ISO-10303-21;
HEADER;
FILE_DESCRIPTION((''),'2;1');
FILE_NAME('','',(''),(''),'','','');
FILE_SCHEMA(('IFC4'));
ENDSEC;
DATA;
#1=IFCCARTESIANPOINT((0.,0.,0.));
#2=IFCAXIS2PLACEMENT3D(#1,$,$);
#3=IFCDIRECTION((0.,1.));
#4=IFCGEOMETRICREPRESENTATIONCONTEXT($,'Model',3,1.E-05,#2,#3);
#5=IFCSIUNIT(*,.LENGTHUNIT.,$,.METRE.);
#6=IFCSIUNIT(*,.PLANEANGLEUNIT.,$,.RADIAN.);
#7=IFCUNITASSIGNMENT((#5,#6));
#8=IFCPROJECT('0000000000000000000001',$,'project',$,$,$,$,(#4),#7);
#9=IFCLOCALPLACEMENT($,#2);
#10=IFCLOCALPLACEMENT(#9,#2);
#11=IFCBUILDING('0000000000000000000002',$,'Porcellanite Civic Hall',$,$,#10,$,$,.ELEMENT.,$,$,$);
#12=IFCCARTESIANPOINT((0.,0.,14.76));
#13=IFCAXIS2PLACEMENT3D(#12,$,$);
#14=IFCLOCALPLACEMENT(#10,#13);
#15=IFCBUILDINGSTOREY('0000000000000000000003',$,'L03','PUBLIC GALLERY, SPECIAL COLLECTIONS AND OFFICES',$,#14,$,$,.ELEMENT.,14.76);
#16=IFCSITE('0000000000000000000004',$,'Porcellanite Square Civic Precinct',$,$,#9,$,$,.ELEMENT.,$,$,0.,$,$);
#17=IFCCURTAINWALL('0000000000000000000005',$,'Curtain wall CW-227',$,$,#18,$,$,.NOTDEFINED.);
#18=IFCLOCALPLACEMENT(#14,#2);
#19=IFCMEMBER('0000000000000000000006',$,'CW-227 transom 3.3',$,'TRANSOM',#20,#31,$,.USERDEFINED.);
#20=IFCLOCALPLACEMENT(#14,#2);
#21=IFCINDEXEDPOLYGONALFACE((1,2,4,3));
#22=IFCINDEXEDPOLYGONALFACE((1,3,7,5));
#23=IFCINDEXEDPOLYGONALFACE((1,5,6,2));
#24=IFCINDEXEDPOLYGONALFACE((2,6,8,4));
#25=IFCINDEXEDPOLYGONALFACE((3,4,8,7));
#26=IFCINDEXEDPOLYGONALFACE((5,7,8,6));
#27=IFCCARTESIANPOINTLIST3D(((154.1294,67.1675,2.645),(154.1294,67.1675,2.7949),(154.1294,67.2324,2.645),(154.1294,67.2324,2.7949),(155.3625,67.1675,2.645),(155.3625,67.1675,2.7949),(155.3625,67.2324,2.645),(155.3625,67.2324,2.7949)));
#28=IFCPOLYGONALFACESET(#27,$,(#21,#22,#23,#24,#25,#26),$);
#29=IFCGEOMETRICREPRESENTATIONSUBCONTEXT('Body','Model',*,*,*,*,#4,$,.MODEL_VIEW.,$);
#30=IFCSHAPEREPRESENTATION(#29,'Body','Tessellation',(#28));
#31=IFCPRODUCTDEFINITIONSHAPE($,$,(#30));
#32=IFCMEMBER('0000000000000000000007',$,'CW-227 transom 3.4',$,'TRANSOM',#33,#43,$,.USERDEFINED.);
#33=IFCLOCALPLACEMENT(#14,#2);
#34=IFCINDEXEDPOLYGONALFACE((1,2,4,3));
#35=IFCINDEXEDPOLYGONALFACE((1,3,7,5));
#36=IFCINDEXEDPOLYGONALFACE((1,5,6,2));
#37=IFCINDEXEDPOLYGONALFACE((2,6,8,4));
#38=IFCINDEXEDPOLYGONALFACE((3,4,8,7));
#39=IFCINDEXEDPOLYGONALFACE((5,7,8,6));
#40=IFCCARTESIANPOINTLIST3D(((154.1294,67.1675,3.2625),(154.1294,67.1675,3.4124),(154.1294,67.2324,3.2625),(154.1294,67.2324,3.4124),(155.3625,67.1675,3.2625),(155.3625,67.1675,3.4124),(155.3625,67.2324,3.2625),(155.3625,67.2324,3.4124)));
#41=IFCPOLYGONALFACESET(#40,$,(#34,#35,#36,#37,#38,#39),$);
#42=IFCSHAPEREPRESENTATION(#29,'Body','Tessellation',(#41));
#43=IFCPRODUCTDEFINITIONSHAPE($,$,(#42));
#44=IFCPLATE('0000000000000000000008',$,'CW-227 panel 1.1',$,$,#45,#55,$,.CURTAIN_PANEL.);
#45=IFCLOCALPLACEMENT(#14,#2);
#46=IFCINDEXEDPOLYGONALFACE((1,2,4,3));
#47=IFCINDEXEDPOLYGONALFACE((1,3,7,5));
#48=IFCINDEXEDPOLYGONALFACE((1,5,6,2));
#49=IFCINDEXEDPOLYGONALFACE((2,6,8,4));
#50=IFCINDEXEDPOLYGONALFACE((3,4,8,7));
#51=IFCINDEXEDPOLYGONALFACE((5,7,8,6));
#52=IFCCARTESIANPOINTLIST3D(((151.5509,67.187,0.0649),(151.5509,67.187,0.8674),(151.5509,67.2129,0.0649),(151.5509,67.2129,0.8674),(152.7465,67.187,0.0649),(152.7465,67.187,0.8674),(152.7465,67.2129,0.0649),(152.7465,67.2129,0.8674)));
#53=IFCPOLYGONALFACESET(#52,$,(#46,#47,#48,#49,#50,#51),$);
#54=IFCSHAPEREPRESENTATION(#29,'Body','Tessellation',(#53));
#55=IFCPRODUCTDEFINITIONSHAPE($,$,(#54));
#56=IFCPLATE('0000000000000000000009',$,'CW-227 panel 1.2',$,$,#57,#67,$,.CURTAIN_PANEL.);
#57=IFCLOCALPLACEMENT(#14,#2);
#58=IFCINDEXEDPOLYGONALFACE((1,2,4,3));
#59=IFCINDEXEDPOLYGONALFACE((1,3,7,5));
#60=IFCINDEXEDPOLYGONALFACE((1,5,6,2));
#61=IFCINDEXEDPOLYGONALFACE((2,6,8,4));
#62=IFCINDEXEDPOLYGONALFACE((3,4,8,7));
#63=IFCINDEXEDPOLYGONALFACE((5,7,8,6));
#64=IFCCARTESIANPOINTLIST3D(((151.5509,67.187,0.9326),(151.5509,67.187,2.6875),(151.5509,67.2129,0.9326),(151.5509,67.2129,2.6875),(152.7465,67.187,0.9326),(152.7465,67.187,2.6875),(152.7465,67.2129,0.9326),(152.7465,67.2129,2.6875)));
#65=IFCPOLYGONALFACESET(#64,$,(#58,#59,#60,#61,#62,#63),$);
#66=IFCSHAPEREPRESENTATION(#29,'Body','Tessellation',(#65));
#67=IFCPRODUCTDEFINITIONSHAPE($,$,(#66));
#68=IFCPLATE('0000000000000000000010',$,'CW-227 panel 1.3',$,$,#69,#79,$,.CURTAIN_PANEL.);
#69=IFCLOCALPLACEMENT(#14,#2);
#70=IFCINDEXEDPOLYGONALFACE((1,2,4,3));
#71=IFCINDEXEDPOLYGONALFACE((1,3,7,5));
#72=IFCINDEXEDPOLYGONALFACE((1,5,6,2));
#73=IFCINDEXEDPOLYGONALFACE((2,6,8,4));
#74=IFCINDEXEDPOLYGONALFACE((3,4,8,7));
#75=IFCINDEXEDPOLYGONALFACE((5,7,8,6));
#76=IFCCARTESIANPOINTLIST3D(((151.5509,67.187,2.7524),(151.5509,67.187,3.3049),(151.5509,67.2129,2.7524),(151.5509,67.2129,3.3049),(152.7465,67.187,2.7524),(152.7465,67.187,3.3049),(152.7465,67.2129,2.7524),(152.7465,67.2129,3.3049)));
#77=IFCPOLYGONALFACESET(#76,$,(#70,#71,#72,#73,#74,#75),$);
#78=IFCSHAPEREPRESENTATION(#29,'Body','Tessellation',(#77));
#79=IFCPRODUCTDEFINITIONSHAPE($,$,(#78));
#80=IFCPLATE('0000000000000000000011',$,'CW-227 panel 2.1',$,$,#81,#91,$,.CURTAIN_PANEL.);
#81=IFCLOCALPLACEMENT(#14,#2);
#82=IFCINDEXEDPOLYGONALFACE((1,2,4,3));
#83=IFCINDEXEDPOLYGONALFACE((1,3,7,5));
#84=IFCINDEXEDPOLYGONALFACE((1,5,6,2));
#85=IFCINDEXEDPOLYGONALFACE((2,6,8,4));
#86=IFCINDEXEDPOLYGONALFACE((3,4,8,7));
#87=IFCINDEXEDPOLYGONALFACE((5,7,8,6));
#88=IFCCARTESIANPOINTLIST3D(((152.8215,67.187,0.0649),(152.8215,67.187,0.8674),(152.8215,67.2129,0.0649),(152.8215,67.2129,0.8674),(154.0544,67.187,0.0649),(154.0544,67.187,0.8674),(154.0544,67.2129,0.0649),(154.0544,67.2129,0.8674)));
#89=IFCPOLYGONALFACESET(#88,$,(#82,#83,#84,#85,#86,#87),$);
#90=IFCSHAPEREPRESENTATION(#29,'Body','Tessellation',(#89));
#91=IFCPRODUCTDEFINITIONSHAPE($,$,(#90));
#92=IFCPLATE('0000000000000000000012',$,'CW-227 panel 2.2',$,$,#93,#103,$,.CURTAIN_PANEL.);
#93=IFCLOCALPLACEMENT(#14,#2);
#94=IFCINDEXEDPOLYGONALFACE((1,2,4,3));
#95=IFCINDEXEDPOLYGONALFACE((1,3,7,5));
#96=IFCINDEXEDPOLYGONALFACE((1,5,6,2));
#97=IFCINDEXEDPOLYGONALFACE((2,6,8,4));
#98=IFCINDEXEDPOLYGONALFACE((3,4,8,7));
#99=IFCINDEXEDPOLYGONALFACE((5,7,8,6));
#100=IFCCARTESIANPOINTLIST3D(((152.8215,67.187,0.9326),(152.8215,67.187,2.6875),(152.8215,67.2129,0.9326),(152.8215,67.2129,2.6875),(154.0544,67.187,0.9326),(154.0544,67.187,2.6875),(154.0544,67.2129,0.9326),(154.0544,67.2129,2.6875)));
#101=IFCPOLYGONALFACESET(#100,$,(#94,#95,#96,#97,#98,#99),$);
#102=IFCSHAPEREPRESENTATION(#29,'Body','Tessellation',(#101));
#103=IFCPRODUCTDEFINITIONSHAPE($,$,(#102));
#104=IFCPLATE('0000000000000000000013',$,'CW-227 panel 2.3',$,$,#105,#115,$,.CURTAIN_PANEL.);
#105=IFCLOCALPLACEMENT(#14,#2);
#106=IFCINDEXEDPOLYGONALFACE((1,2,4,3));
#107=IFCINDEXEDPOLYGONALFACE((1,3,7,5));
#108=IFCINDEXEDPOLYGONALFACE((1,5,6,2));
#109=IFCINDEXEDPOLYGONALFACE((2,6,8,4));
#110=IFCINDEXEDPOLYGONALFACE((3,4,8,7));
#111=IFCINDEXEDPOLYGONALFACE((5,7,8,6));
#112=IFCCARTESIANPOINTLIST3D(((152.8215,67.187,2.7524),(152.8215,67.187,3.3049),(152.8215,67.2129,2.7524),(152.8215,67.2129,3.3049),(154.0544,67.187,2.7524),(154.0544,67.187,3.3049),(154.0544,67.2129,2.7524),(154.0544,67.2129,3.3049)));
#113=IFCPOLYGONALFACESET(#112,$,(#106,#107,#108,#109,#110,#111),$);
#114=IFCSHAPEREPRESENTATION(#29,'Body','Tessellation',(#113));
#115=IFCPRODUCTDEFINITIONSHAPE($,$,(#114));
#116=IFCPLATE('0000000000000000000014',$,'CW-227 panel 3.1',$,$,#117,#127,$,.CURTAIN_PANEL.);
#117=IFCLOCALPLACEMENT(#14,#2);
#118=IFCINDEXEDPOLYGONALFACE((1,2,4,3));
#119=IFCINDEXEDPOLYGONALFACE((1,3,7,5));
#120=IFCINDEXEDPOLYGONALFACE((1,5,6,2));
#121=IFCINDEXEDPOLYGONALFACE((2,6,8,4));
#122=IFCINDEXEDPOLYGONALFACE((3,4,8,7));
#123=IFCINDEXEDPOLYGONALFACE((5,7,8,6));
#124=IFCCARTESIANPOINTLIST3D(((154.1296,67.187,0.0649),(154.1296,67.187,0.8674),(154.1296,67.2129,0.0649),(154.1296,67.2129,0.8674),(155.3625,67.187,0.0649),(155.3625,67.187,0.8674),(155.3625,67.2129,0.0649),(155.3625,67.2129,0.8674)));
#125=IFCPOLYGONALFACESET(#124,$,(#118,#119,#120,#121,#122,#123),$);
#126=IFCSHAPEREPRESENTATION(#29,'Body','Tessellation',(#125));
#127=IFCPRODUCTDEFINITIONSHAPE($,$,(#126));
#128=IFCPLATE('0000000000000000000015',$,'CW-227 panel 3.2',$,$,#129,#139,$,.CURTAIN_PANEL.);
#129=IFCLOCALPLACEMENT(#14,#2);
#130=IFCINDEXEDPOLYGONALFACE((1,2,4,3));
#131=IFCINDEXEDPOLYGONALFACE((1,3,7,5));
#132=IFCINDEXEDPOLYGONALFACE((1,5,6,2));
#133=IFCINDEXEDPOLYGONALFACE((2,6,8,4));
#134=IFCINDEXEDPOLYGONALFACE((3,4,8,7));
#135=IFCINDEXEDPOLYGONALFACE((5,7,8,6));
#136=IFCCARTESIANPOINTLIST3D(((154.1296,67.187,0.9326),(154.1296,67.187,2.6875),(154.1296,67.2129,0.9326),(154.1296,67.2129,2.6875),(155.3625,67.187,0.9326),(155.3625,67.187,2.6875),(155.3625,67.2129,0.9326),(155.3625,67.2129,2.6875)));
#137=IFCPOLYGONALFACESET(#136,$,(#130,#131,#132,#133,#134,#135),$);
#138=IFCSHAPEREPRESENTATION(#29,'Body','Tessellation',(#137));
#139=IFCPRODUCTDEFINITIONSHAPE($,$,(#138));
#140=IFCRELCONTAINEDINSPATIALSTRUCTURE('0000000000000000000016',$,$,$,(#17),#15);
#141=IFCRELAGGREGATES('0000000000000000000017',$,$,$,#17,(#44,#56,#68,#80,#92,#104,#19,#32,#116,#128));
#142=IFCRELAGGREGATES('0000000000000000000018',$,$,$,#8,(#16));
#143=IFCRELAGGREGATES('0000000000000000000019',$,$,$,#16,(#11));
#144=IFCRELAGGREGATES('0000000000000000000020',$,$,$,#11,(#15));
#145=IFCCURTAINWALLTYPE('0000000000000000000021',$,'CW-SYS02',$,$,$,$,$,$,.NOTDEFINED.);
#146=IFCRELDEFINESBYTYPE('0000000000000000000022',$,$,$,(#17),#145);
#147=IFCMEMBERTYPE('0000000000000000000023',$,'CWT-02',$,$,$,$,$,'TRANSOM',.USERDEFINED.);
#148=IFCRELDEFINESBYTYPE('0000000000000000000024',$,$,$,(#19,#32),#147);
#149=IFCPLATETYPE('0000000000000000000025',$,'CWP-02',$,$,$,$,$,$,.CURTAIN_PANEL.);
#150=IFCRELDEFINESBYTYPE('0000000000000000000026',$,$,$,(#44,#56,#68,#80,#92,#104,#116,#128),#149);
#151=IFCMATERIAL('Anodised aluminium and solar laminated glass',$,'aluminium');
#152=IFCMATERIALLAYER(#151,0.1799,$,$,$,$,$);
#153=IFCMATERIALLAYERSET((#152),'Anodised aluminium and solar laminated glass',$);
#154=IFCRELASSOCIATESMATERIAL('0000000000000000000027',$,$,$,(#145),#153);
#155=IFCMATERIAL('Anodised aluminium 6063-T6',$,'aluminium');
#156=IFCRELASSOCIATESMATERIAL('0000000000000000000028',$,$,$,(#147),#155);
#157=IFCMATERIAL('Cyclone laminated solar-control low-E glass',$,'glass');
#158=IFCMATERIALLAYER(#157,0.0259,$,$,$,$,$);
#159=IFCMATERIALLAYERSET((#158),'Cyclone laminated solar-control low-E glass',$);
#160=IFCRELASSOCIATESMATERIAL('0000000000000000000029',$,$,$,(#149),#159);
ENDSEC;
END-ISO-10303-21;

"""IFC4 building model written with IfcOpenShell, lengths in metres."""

from ifc_helpers import new_model, si_unit, direction, frame, origin, origin_2d, place, context, subcontext, project, spatial, rectangle, extrude, material, layer, layer_set, material_profile, profile_set, type_object, element, aggregate, save


model = new_model("IFC4")

# Units and contexts
model_context = context("Model", 3, precision=1e-05, world=origin(), true_north=direction((0.0, 1.0)))
body_context = subcontext(model_context, "Body", "Model", "MODEL_VIEW")
ifc_project = project(units=[si_unit("LENGTHUNIT", "METRE"), si_unit("PLANEANGLEUNIT", "RADIAN")], contexts=[model_context])

# Site, building, storey
site_placement = place(None, origin())
site = spatial("IfcSite", under=ifc_project, at=site_placement, Name="Porcellanite Square Civic Precinct", CompositionType="ELEMENT", RefElevation=0.0)
building_placement = place(site_placement, origin())
building = spatial("IfcBuilding", under=site, at=building_placement, Name="Porcellanite Civic Hall", CompositionType="ELEMENT")
storey_placement = place(building_placement, frame((0.0, 0.0, 14.76)))
storey = spatial("IfcBuildingStorey", under=building, at=storey_placement, Name="L03", Description="PUBLIC GALLERY, SPECIAL COLLECTIONS AND OFFICES", CompositionType="ELEMENT", Elevation=14.76)

# Curtain wall, members, plates
ifc_material_1 = material(Name="Anodised aluminium and solar laminated glass", Category="aluminium")
ifc_layer_1 = layer(ifc_material_1, 0.1799)
ifc_layer_set_1 = layer_set([ifc_layer_1], Name="Anodised aluminium and solar laminated glass")
curtain_wall_type = type_object("IfcCurtainWallType", Name="CW-SYS02", PredefinedType="NOTDEFINED", material=ifc_layer_set_1)
curtain_wall_placement = place(storey_placement, origin())
curtain_wall = element("IfcCurtainWall", 1, at=curtain_wall_placement, inside=storey, type_object=curtain_wall_type, Name="Curtain wall CW-227", PredefinedType="NOTDEFINED")
ifc_material_2 = material(Name="Anodised aluminium 6063-T6", Category="aluminium")
ifc_material_profile_1 = material_profile(ifc_material_2, rectangle(XDim=0.0649, YDim=0.1499, at=origin_2d()), Name="AL-65x150")
ifc_profile_set_1 = profile_set([ifc_material_profile_1], Name="Anodised aluminium 6063-T6")
member_type_1 = type_object("IfcMemberType", Name="CWT-02", ElementType="TRANSOM", PredefinedType="USERDEFINED", material=ifc_profile_set_1)
member_1_placement = place(storey_placement, frame((154.1294, 67.2, 2.72), z_axis=(1.0, 0.0, 0.0), x_axis=(0.0, 1.0, 0.0)))
member_1 = element("IfcMember", 2, at=member_1_placement, type_object=member_type_1, Name="CW-227 transom 3.3", ObjectType="TRANSOM", PredefinedType="USERDEFINED", context=body_context, shape_type="SweptSolid", body=[
    extrude(rectangle(XDim=0.0649, YDim=0.1499, at=origin_2d()), origin(), (0.0, 0.0, 1.0), 1.2332),
])
member_2_placement = place(storey_placement, frame((154.1294, 67.2, 3.3374), z_axis=(1.0, 0.0, 0.0), x_axis=(0.0, 1.0, 0.0)))
member_2 = element("IfcMember", 3, at=member_2_placement, type_object=member_type_1, Name="CW-227 transom 3.4", ObjectType="TRANSOM", PredefinedType="USERDEFINED", context=body_context, shape_type="SweptSolid", body=[
    extrude(rectangle(XDim=0.0649, YDim=0.1499, at=origin_2d()), origin(), (0.0, 0.0, 1.0), 1.2332),
])
ifc_material_3 = material(Name="Cyclone laminated solar-control low-E glass", Category="glass")
ifc_layer_2 = layer(ifc_material_3, 0.0259)
ifc_layer_set_2 = layer_set([ifc_layer_2], Name="Cyclone laminated solar-control low-E glass")
plate_type = type_object("IfcPlateType", Name="CWP-02", PredefinedType="CURTAIN_PANEL", material=ifc_layer_set_2)
plate_1_placement = place(storey_placement, frame((152.1487, 67.2, 0.0649), z_axis=(0.0, 0.0, 1.0), x_axis=(1.0, 0.0, 0.0)))
plate_1 = element("IfcPlate", 4, at=plate_1_placement, type_object=plate_type, Name="CW-227 panel 1.1", PredefinedType="CURTAIN_PANEL", context=body_context, shape_type="SweptSolid", body=[
    extrude(rectangle(XDim=1.1956, YDim=0.0259, at=origin_2d()), origin(), (0.0, 0.0, 1.0), 0.8025),
])
plate_2_placement = place(storey_placement, frame((152.1487, 67.2, 0.9326), z_axis=(0.0, 0.0, 1.0), x_axis=(1.0, 0.0, 0.0)))
plate_2 = element("IfcPlate", 5, at=plate_2_placement, type_object=plate_type, Name="CW-227 panel 1.2", PredefinedType="CURTAIN_PANEL", context=body_context, shape_type="SweptSolid", body=[
    extrude(rectangle(XDim=1.1956, YDim=0.0259, at=origin_2d()), origin(), (0.0, 0.0, 1.0), 1.7549),
])
plate_3_placement = place(storey_placement, frame((152.1487, 67.2, 2.7524), z_axis=(0.0, 0.0, 1.0), x_axis=(1.0, 0.0, 0.0)))
plate_3 = element("IfcPlate", 6, at=plate_3_placement, type_object=plate_type, Name="CW-227 panel 1.3", PredefinedType="CURTAIN_PANEL", context=body_context, shape_type="SweptSolid", body=[
    extrude(rectangle(XDim=1.1956, YDim=0.0259, at=origin_2d()), origin(), (0.0, 0.0, 1.0), 0.5525),
])
plate_4_placement = place(storey_placement, frame((153.438, 67.2, 0.0649), z_axis=(0.0, 0.0, 1.0), x_axis=(1.0, 0.0, 0.0)))
plate_4 = element("IfcPlate", 7, at=plate_4_placement, type_object=plate_type, Name="CW-227 panel 2.1", PredefinedType="CURTAIN_PANEL", context=body_context, shape_type="SweptSolid", body=[
    extrude(rectangle(XDim=1.2329, YDim=0.0259, at=origin_2d()), origin(), (0.0, 0.0, 1.0), 0.8025),
])
plate_5_placement = place(storey_placement, frame((153.438, 67.2, 0.9326), z_axis=(0.0, 0.0, 1.0), x_axis=(1.0, 0.0, 0.0)))
plate_5 = element("IfcPlate", 8, at=plate_5_placement, type_object=plate_type, Name="CW-227 panel 2.2", PredefinedType="CURTAIN_PANEL", context=body_context, shape_type="SweptSolid", body=[
    extrude(rectangle(XDim=1.2329, YDim=0.0259, at=origin_2d()), origin(), (0.0, 0.0, 1.0), 1.7549),
])
plate_6_placement = place(storey_placement, frame((153.438, 67.2, 2.7524), z_axis=(0.0, 0.0, 1.0), x_axis=(1.0, 0.0, 0.0)))
plate_6 = element("IfcPlate", 9, at=plate_6_placement, type_object=plate_type, Name="CW-227 panel 2.3", PredefinedType="CURTAIN_PANEL", context=body_context, shape_type="SweptSolid", body=[
    extrude(rectangle(XDim=1.2329, YDim=0.0259, at=origin_2d()), origin(), (0.0, 0.0, 1.0), 0.5525),
])
plate_7_placement = place(storey_placement, frame((154.7461, 67.2, 0.0649), z_axis=(0.0, 0.0, 1.0), x_axis=(1.0, 0.0, 0.0)))
plate_7 = element("IfcPlate", 10, at=plate_7_placement, type_object=plate_type, Name="CW-227 panel 3.1", PredefinedType="CURTAIN_PANEL", context=body_context, shape_type="SweptSolid", body=[
    extrude(rectangle(XDim=1.2329, YDim=0.0259, at=origin_2d()), origin(), (0.0, 0.0, 1.0), 0.8025),
])
plate_8_placement = place(storey_placement, frame((154.7461, 67.2, 0.9326), z_axis=(0.0, 0.0, 1.0), x_axis=(1.0, 0.0, 0.0)))
plate_8 = element("IfcPlate", 11, at=plate_8_placement, type_object=plate_type, Name="CW-227 panel 3.2", PredefinedType="CURTAIN_PANEL", context=body_context, shape_type="SweptSolid", body=[
    extrude(rectangle(XDim=1.2329, YDim=0.0259, at=origin_2d()), origin(), (0.0, 0.0, 1.0), 1.7549),
])
aggregate(curtain_wall, [plate_1, plate_2, plate_3, plate_4, plate_5, plate_6, member_1, member_2, plate_7, plate_8])

save(model, "model.ifc")
